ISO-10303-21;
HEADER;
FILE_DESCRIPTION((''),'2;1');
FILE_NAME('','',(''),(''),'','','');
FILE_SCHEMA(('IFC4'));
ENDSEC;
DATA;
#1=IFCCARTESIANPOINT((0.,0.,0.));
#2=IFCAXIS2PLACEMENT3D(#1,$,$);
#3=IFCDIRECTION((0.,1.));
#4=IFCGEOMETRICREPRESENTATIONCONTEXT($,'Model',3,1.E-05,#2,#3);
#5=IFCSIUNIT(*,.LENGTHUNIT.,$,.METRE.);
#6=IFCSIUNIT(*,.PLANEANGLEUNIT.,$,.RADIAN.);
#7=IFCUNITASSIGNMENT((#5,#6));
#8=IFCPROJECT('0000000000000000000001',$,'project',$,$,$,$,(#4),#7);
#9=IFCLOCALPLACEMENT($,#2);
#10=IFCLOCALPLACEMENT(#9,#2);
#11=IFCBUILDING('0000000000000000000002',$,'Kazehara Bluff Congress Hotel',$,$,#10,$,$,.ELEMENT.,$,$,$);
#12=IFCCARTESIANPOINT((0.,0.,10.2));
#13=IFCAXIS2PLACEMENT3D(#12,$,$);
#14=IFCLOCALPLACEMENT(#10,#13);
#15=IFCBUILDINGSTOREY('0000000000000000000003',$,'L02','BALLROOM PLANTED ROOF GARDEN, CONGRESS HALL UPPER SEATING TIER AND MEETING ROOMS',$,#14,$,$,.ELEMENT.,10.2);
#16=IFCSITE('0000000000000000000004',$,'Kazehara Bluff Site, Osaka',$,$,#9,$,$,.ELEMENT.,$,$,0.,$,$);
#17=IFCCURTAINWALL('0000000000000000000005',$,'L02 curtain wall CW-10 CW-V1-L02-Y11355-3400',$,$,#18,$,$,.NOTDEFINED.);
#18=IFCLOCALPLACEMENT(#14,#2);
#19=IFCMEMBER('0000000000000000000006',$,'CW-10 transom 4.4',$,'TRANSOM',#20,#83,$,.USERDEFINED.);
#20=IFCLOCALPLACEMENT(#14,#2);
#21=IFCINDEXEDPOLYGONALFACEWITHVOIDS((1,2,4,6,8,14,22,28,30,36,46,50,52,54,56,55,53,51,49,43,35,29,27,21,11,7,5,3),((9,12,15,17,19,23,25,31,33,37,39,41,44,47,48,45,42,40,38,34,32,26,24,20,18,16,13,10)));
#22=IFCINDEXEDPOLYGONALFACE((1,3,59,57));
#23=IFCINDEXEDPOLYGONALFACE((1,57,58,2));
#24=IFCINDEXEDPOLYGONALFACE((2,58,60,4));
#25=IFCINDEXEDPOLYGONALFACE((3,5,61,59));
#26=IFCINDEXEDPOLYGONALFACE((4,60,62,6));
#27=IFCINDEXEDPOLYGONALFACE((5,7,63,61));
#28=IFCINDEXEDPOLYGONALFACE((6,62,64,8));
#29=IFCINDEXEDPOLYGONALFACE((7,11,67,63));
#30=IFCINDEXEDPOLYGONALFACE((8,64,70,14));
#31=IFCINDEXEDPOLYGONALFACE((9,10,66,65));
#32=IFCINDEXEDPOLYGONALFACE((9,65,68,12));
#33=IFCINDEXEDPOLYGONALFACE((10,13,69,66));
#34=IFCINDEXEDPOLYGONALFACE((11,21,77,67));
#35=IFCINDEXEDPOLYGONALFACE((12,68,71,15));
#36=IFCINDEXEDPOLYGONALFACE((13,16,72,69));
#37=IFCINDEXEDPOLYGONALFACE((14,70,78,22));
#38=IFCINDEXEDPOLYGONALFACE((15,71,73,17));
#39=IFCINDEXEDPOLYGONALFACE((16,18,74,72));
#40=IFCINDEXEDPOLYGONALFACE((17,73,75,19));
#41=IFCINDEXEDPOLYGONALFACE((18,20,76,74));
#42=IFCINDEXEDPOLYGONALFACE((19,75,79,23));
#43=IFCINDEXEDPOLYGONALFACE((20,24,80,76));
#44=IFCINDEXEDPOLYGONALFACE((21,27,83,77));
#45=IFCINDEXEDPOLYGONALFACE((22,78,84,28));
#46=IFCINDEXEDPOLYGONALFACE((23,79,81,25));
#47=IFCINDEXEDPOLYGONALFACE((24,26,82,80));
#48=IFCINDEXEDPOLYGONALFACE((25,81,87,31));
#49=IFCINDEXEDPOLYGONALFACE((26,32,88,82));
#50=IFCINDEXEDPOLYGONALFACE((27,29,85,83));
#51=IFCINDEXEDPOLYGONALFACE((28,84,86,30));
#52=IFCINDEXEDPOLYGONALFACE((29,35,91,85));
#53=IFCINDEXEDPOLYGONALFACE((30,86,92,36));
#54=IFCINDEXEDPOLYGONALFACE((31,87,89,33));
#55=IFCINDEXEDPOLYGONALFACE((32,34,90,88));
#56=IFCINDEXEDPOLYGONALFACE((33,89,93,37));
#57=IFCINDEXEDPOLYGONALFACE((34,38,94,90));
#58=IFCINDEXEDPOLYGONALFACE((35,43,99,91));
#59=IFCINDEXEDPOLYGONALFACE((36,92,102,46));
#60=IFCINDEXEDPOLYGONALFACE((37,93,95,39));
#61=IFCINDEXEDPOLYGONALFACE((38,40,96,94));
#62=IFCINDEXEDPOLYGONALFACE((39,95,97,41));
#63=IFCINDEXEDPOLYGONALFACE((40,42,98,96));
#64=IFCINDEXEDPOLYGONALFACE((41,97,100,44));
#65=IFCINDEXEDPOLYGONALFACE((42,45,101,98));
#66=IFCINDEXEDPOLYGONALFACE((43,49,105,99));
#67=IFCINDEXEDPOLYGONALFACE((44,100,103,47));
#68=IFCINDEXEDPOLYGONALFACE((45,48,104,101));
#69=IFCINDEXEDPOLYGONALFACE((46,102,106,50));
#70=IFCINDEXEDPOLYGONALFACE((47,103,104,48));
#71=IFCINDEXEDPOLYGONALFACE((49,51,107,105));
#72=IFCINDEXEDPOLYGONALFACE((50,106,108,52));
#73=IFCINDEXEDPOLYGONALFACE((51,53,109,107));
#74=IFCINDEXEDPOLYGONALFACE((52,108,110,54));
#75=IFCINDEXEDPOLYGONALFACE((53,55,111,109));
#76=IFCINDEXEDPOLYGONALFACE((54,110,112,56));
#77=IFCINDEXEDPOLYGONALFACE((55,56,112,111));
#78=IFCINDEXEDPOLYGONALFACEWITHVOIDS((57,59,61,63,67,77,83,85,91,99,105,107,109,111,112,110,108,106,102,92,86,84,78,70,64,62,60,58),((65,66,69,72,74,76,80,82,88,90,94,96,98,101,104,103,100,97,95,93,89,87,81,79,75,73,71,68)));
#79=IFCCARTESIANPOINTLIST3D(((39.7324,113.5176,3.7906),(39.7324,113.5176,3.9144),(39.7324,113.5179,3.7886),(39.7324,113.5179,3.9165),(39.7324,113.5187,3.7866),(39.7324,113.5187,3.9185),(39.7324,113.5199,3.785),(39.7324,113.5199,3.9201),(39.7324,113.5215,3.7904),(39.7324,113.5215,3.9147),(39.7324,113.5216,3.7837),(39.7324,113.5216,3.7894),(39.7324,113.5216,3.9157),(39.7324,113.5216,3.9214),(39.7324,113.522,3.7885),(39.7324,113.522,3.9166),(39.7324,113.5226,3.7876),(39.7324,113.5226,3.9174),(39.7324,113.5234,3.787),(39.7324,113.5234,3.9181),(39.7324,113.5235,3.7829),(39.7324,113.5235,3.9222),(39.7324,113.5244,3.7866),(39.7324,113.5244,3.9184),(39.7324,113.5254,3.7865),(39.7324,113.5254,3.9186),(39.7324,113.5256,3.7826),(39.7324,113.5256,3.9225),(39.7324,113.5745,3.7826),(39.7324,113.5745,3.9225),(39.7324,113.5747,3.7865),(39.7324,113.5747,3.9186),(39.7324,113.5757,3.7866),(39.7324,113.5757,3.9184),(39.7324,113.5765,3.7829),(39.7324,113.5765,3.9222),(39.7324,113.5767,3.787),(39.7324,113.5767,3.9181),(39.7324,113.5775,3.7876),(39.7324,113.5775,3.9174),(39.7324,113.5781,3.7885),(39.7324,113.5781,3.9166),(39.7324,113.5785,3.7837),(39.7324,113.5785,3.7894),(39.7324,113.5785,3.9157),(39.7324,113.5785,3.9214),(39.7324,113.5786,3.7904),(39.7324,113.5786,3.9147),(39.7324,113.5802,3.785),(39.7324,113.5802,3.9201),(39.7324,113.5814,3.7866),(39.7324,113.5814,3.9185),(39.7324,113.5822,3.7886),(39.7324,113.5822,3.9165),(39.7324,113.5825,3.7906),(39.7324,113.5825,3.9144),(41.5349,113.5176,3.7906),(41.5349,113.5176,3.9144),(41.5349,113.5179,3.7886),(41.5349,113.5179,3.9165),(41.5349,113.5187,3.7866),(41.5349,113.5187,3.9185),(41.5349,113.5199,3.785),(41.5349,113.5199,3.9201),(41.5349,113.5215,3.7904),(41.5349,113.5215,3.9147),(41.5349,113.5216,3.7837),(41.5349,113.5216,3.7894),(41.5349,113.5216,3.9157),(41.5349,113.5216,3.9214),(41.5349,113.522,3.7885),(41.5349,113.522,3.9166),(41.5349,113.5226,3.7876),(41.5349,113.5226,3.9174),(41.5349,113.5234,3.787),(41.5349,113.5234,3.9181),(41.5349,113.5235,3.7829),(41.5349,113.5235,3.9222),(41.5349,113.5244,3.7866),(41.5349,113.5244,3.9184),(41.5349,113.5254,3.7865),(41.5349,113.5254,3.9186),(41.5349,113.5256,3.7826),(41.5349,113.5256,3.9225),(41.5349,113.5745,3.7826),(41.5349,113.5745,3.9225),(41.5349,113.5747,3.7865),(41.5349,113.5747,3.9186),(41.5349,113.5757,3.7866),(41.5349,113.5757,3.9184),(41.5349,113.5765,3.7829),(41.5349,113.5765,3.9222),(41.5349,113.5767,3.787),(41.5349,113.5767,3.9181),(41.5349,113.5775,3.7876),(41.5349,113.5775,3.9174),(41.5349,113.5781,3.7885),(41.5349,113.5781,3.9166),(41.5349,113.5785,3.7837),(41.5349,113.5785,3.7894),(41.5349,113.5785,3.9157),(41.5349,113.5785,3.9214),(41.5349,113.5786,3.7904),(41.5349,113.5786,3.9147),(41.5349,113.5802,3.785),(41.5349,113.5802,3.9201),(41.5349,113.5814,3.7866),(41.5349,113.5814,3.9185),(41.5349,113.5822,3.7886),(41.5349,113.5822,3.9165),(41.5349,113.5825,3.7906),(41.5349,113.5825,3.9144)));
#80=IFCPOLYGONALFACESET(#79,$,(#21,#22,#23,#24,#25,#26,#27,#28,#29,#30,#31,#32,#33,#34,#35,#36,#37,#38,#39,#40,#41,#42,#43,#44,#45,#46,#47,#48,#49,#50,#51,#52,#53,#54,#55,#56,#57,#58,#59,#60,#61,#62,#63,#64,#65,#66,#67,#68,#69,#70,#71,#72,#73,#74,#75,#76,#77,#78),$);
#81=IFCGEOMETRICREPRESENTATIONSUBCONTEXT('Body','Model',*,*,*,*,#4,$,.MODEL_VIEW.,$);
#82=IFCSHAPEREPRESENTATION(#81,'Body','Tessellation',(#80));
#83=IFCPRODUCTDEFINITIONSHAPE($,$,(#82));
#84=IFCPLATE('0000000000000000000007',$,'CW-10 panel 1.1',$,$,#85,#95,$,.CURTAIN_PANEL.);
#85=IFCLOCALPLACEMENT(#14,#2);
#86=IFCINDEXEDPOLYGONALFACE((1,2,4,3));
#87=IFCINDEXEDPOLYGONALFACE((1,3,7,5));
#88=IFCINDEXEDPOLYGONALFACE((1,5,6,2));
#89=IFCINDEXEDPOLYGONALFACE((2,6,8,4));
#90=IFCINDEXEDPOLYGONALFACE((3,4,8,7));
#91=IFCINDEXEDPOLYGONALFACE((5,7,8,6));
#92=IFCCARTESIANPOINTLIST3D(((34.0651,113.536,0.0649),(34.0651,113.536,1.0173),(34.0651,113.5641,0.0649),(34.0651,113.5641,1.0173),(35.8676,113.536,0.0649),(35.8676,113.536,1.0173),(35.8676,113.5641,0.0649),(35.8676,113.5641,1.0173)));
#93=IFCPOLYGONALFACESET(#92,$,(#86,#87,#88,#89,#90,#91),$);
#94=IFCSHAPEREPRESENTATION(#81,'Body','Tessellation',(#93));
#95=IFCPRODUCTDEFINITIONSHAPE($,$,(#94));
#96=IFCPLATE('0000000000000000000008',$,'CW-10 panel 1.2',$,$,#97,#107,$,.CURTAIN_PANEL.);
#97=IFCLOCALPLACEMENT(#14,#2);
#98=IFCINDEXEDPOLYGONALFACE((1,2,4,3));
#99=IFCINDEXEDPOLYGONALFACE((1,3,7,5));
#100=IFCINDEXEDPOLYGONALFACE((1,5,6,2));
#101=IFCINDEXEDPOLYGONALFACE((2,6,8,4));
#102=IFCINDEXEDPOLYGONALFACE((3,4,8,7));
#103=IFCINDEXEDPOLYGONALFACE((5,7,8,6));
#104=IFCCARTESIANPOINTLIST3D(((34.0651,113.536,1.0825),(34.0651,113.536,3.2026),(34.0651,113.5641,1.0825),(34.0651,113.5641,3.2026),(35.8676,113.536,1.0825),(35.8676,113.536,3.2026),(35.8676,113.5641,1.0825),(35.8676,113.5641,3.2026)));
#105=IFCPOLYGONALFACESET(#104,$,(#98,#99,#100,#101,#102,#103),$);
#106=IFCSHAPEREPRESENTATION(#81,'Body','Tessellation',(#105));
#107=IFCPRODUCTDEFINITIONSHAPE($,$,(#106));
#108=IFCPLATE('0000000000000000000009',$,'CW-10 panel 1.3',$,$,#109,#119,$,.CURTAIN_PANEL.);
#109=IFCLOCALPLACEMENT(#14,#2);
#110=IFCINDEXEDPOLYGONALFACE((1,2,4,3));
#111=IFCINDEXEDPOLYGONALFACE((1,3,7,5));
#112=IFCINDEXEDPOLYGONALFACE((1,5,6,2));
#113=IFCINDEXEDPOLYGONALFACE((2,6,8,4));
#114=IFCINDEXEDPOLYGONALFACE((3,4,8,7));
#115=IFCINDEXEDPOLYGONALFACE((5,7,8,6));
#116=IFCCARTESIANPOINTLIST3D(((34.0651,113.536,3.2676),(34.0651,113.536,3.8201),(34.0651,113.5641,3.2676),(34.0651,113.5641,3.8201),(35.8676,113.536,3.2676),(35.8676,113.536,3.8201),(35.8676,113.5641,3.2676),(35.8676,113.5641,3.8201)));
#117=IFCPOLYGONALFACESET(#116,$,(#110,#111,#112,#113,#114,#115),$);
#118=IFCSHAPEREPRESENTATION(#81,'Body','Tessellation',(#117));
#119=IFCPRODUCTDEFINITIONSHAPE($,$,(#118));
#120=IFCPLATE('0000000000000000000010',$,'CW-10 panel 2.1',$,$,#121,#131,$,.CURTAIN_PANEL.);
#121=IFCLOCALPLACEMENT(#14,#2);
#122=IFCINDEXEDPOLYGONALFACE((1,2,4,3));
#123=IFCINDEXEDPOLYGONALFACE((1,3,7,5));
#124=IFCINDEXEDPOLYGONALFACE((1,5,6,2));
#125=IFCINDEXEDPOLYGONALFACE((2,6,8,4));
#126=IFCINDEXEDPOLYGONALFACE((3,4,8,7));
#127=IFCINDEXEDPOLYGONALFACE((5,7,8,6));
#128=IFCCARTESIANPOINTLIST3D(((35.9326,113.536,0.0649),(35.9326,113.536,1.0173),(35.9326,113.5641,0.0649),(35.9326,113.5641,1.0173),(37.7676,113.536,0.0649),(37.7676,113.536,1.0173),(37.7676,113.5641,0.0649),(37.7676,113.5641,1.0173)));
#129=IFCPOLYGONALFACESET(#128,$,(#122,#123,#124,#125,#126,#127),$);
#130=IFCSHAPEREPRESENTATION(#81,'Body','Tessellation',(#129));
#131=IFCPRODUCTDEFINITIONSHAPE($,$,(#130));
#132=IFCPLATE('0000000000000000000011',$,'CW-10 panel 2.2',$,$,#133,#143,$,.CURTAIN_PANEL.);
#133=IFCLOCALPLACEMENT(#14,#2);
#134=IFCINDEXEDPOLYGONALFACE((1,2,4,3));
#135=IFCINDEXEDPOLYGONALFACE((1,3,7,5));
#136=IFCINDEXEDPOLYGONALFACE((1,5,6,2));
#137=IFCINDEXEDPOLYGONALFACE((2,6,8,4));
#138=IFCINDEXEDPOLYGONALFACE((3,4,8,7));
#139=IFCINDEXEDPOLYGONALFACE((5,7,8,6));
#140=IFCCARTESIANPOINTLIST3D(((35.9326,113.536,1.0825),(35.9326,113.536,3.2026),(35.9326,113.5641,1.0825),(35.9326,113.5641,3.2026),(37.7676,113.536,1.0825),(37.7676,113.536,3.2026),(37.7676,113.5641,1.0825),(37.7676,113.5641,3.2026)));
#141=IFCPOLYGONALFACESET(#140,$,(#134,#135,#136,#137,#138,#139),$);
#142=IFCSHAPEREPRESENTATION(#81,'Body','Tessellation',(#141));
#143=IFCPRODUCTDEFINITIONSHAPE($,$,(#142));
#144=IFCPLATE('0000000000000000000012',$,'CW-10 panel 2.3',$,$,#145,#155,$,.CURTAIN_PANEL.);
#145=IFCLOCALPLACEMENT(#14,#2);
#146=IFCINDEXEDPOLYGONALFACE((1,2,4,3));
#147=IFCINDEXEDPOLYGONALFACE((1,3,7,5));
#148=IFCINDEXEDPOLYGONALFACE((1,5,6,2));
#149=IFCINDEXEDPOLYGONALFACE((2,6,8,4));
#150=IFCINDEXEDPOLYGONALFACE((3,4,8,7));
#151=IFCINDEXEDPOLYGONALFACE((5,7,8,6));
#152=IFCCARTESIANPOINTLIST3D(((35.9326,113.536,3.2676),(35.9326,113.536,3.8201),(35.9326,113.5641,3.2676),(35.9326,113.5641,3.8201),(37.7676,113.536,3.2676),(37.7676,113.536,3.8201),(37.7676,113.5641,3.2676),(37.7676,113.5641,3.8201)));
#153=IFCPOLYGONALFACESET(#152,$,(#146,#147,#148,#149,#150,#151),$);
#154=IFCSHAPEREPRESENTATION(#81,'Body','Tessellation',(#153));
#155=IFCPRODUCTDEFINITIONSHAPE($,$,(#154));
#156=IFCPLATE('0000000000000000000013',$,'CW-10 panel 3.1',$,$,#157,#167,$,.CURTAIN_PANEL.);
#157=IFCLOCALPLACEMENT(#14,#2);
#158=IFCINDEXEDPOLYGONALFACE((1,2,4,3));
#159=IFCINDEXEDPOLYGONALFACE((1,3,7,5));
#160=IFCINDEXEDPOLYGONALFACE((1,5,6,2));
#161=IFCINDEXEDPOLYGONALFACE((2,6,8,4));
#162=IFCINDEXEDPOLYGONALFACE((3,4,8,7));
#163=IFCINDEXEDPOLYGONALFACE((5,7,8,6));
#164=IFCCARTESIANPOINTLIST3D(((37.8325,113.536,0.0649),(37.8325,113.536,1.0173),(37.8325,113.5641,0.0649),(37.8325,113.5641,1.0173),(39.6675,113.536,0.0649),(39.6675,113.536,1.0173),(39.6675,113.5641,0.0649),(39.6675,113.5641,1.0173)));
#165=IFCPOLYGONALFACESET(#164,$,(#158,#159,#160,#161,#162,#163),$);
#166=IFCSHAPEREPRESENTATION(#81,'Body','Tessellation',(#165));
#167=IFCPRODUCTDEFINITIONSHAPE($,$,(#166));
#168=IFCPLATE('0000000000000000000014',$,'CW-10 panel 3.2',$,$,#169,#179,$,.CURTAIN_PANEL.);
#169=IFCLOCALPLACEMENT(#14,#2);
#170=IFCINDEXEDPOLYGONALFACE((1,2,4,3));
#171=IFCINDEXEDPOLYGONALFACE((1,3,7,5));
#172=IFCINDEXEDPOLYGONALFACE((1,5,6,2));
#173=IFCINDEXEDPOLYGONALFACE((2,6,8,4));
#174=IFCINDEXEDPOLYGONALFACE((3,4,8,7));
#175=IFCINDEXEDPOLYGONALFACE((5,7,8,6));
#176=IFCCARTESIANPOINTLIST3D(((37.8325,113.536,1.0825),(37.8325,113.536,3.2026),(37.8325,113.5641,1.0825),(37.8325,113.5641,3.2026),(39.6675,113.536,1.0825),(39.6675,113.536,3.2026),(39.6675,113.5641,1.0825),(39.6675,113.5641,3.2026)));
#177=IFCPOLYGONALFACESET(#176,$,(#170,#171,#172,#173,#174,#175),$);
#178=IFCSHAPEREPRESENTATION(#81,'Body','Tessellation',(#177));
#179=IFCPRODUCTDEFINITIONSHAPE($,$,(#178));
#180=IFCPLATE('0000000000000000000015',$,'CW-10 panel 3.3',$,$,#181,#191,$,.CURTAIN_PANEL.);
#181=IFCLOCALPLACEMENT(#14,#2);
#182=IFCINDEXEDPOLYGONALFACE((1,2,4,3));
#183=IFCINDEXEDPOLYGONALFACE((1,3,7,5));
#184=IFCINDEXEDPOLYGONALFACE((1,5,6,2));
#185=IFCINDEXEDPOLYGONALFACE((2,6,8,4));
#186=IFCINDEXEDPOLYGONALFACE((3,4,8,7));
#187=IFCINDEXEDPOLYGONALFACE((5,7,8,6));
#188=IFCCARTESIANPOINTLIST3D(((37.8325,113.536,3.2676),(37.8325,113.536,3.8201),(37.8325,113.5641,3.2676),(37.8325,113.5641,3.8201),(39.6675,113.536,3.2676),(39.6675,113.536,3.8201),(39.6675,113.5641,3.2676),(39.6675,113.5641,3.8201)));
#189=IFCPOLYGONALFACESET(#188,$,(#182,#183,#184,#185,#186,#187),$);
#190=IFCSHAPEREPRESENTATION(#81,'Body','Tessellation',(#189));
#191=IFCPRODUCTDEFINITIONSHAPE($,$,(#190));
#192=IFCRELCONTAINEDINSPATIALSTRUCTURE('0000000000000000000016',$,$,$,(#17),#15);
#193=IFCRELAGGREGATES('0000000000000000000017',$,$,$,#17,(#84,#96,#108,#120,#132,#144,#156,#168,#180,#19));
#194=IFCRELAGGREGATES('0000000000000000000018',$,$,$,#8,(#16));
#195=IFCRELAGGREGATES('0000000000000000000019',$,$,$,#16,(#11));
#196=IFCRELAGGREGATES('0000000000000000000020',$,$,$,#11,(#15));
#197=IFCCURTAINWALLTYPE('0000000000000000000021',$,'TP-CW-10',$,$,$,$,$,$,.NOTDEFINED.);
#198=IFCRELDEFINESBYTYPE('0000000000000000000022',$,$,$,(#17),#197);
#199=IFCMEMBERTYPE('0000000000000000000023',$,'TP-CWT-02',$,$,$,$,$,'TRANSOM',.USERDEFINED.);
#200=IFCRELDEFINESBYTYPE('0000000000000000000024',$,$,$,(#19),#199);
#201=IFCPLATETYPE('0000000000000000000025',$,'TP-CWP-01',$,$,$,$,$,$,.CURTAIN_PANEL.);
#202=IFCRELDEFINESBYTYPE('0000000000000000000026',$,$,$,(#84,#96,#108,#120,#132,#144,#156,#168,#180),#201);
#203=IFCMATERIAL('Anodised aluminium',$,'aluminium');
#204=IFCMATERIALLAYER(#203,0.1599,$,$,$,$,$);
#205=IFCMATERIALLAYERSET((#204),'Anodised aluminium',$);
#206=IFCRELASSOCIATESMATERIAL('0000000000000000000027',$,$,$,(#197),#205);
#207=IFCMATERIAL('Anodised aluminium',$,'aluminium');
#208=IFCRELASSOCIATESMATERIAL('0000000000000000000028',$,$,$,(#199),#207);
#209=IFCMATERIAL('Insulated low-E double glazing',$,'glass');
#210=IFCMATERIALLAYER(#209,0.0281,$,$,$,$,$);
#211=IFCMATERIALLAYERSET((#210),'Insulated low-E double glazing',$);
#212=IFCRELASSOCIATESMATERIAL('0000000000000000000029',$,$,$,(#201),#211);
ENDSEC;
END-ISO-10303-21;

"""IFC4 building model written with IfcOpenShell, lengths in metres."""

from ifc_helpers import new_model, si_unit, direction, frame, origin, origin_2d, place, context, subcontext, project, spatial, rectangle, hollow_rectangle, extrude, material, layer, layer_set, material_profile, profile_set, type_object, element, aggregate, save


model = new_model("IFC4")

# Units and contexts
model_context = context("Model", 3, precision=1e-05, world=origin(), true_north=direction((0.0, 1.0)))
body_context = subcontext(model_context, "Body", "Model", "MODEL_VIEW")
ifc_project = project(units=[si_unit("LENGTHUNIT", "METRE"), si_unit("PLANEANGLEUNIT", "RADIAN")], contexts=[model_context])

# Site, building, storey
site_placement = place(None, origin())
site = spatial("IfcSite", under=ifc_project, at=site_placement, Name="Kazehara Bluff Site, Osaka", CompositionType="ELEMENT", RefElevation=0.0)
building_placement = place(site_placement, origin())
building = spatial("IfcBuilding", under=site, at=building_placement, Name="Kazehara Bluff Congress Hotel", CompositionType="ELEMENT")
storey_placement = place(building_placement, frame((0.0, 0.0, 10.2)))
storey = spatial("IfcBuildingStorey", under=building, at=storey_placement, Name="L02", Description="BALLROOM PLANTED ROOF GARDEN, CONGRESS HALL UPPER SEATING TIER AND MEETING ROOMS", CompositionType="ELEMENT", Elevation=10.2)

# Curtain wall, member, plates
ifc_material_1 = material(Name="Anodised aluminium", Category="aluminium")
ifc_layer_1 = layer(ifc_material_1, 0.1599)
ifc_layer_set_1 = layer_set([ifc_layer_1], Name="Anodised aluminium")
curtain_wall_type = type_object("IfcCurtainWallType", Name="TP-CW-10", PredefinedType="NOTDEFINED", material=ifc_layer_set_1)
curtain_wall_placement = place(storey_placement, origin())
curtain_wall = element("IfcCurtainWall", 1, at=curtain_wall_placement, inside=storey, type_object=curtain_wall_type, Name="L02 curtain wall CW-10 CW-V1-L02-Y11355-3400", PredefinedType="NOTDEFINED")
ifc_material_2 = material(Name="Anodised aluminium", Category="aluminium")
ifc_material_profile_1 = material_profile(ifc_material_2, hollow_rectangle(XDim=0.0649, YDim=0.1399, WallThickness=0.0039, InnerFilletRadius=0.0039, OuterFilletRadius=0.0081, at=origin_2d()))
ifc_profile_set_1 = profile_set([ifc_material_profile_1], Name="Anodised aluminium")
member_type_1 = type_object("IfcMemberType", Name="TP-CWT-02", ElementType="TRANSOM", PredefinedType="USERDEFINED", material=ifc_profile_set_1)
member_1_placement = place(storey_placement, frame((39.7324, 113.55, 3.8525), z_axis=(1.0, 0.0, 0.0), x_axis=(0.0, 1.0, 0.0)))
member_1 = element("IfcMember", 2, at=member_1_placement, type_object=member_type_1, Name="CW-10 transom 4.4", ObjectType="TRANSOM", PredefinedType="USERDEFINED", context=body_context, shape_type="SweptSolid", body=[
    extrude(hollow_rectangle(XDim=0.0649, YDim=0.1399, WallThickness=0.0039, InnerFilletRadius=0.0039, OuterFilletRadius=0.0081, at=origin_2d()), origin(), (0.0, 0.0, 1.0), 1.8025),
])
ifc_material_3 = material(Name="Insulated low-E double glazing", Category="glass")
ifc_layer_2 = layer(ifc_material_3, 0.0281)
ifc_layer_set_2 = layer_set([ifc_layer_2], Name="Insulated low-E double glazing")
plate_type = type_object("IfcPlateType", Name="TP-CWP-01", PredefinedType="CURTAIN_PANEL", material=ifc_layer_set_2)
plate_1_placement = place(storey_placement, frame((34.9663, 113.55, 0.0649), z_axis=(0.0, 0.0, 1.0), x_axis=(1.0, 0.0, 0.0)))
plate_1 = element("IfcPlate", 3, at=plate_1_placement, type_object=plate_type, Name="CW-10 panel 1.1", PredefinedType="CURTAIN_PANEL", context=body_context, shape_type="SweptSolid", body=[
    extrude(rectangle(XDim=1.8025, YDim=0.0281, at=origin_2d()), origin(), (0.0, 0.0, 1.0), 0.9524),
])
plate_2_placement = place(storey_placement, frame((34.9663, 113.55, 1.0825), z_axis=(0.0, 0.0, 1.0), x_axis=(1.0, 0.0, 0.0)))
plate_2 = element("IfcPlate", 4, at=plate_2_placement, type_object=plate_type, Name="CW-10 panel 1.2", PredefinedType="CURTAIN_PANEL", context=body_context, shape_type="SweptSolid", body=[
    extrude(rectangle(XDim=1.8025, YDim=0.0281, at=origin_2d()), origin(), (0.0, 0.0, 1.0), 2.1201),
])
plate_3_placement = place(storey_placement, frame((34.9663, 113.55, 3.2676), z_axis=(0.0, 0.0, 1.0), x_axis=(1.0, 0.0, 0.0)))
plate_3 = element("IfcPlate", 5, at=plate_3_placement, type_object=plate_type, Name="CW-10 panel 1.3", PredefinedType="CURTAIN_PANEL", context=body_context, shape_type="SweptSolid", body=[
    extrude(rectangle(XDim=1.8025, YDim=0.0281, at=origin_2d()), origin(), (0.0, 0.0, 1.0), 0.5525),
])
plate_4_placement = place(storey_placement, frame((36.8501, 113.55, 0.0649), z_axis=(0.0, 0.0, 1.0), x_axis=(1.0, 0.0, 0.0)))
plate_4 = element("IfcPlate", 6, at=plate_4_placement, type_object=plate_type, Name="CW-10 panel 2.1", PredefinedType="CURTAIN_PANEL", context=body_context, shape_type="SweptSolid", body=[
    extrude(rectangle(XDim=1.835, YDim=0.0281, at=origin_2d()), origin(), (0.0, 0.0, 1.0), 0.9524),
])
plate_5_placement = place(storey_placement, frame((36.8501, 113.55, 1.0825), z_axis=(0.0, 0.0, 1.0), x_axis=(1.0, 0.0, 0.0)))
plate_5 = element("IfcPlate", 7, at=plate_5_placement, type_object=plate_type, Name="CW-10 panel 2.2", PredefinedType="CURTAIN_PANEL", context=body_context, shape_type="SweptSolid", body=[
    extrude(rectangle(XDim=1.835, YDim=0.0281, at=origin_2d()), origin(), (0.0, 0.0, 1.0), 2.1201),
])
plate_6_placement = place(storey_placement, frame((36.8501, 113.55, 3.2676), z_axis=(0.0, 0.0, 1.0), x_axis=(1.0, 0.0, 0.0)))
plate_6 = element("IfcPlate", 8, at=plate_6_placement, type_object=plate_type, Name="CW-10 panel 2.3", PredefinedType="CURTAIN_PANEL", context=body_context, shape_type="SweptSolid", body=[
    extrude(rectangle(XDim=1.835, YDim=0.0281, at=origin_2d()), origin(), (0.0, 0.0, 1.0), 0.5525),
])
plate_7_placement = place(storey_placement, frame((38.75, 113.55, 0.0649), z_axis=(0.0, 0.0, 1.0), x_axis=(1.0, 0.0, 0.0)))
plate_7 = element("IfcPlate", 9, at=plate_7_placement, type_object=plate_type, Name="CW-10 panel 3.1", PredefinedType="CURTAIN_PANEL", context=body_context, shape_type="SweptSolid", body=[
    extrude(rectangle(XDim=1.835, YDim=0.0281, at=origin_2d()), origin(), (0.0, 0.0, 1.0), 0.9524),
])
plate_8_placement = place(storey_placement, frame((38.75, 113.55, 1.0825), z_axis=(0.0, 0.0, 1.0), x_axis=(1.0, 0.0, 0.0)))
plate_8 = element("IfcPlate", 10, at=plate_8_placement, type_object=plate_type, Name="CW-10 panel 3.2", PredefinedType="CURTAIN_PANEL", context=body_context, shape_type="SweptSolid", body=[
    extrude(rectangle(XDim=1.835, YDim=0.0281, at=origin_2d()), origin(), (0.0, 0.0, 1.0), 2.1201),
])
plate_9_placement = place(storey_placement, frame((38.75, 113.55, 3.2676), z_axis=(0.0, 0.0, 1.0), x_axis=(1.0, 0.0, 0.0)))
plate_9 = element("IfcPlate", 11, at=plate_9_placement, type_object=plate_type, Name="CW-10 panel 3.3", PredefinedType="CURTAIN_PANEL", context=body_context, shape_type="SweptSolid", body=[
    extrude(rectangle(XDim=1.835, YDim=0.0281, at=origin_2d()), origin(), (0.0, 0.0, 1.0), 0.5525),
])
aggregate(curtain_wall, [plate_1, plate_2, plate_3, plate_4, plate_5, plate_6, plate_7, plate_8, plate_9, member_1])

save(model, "model.ifc")
